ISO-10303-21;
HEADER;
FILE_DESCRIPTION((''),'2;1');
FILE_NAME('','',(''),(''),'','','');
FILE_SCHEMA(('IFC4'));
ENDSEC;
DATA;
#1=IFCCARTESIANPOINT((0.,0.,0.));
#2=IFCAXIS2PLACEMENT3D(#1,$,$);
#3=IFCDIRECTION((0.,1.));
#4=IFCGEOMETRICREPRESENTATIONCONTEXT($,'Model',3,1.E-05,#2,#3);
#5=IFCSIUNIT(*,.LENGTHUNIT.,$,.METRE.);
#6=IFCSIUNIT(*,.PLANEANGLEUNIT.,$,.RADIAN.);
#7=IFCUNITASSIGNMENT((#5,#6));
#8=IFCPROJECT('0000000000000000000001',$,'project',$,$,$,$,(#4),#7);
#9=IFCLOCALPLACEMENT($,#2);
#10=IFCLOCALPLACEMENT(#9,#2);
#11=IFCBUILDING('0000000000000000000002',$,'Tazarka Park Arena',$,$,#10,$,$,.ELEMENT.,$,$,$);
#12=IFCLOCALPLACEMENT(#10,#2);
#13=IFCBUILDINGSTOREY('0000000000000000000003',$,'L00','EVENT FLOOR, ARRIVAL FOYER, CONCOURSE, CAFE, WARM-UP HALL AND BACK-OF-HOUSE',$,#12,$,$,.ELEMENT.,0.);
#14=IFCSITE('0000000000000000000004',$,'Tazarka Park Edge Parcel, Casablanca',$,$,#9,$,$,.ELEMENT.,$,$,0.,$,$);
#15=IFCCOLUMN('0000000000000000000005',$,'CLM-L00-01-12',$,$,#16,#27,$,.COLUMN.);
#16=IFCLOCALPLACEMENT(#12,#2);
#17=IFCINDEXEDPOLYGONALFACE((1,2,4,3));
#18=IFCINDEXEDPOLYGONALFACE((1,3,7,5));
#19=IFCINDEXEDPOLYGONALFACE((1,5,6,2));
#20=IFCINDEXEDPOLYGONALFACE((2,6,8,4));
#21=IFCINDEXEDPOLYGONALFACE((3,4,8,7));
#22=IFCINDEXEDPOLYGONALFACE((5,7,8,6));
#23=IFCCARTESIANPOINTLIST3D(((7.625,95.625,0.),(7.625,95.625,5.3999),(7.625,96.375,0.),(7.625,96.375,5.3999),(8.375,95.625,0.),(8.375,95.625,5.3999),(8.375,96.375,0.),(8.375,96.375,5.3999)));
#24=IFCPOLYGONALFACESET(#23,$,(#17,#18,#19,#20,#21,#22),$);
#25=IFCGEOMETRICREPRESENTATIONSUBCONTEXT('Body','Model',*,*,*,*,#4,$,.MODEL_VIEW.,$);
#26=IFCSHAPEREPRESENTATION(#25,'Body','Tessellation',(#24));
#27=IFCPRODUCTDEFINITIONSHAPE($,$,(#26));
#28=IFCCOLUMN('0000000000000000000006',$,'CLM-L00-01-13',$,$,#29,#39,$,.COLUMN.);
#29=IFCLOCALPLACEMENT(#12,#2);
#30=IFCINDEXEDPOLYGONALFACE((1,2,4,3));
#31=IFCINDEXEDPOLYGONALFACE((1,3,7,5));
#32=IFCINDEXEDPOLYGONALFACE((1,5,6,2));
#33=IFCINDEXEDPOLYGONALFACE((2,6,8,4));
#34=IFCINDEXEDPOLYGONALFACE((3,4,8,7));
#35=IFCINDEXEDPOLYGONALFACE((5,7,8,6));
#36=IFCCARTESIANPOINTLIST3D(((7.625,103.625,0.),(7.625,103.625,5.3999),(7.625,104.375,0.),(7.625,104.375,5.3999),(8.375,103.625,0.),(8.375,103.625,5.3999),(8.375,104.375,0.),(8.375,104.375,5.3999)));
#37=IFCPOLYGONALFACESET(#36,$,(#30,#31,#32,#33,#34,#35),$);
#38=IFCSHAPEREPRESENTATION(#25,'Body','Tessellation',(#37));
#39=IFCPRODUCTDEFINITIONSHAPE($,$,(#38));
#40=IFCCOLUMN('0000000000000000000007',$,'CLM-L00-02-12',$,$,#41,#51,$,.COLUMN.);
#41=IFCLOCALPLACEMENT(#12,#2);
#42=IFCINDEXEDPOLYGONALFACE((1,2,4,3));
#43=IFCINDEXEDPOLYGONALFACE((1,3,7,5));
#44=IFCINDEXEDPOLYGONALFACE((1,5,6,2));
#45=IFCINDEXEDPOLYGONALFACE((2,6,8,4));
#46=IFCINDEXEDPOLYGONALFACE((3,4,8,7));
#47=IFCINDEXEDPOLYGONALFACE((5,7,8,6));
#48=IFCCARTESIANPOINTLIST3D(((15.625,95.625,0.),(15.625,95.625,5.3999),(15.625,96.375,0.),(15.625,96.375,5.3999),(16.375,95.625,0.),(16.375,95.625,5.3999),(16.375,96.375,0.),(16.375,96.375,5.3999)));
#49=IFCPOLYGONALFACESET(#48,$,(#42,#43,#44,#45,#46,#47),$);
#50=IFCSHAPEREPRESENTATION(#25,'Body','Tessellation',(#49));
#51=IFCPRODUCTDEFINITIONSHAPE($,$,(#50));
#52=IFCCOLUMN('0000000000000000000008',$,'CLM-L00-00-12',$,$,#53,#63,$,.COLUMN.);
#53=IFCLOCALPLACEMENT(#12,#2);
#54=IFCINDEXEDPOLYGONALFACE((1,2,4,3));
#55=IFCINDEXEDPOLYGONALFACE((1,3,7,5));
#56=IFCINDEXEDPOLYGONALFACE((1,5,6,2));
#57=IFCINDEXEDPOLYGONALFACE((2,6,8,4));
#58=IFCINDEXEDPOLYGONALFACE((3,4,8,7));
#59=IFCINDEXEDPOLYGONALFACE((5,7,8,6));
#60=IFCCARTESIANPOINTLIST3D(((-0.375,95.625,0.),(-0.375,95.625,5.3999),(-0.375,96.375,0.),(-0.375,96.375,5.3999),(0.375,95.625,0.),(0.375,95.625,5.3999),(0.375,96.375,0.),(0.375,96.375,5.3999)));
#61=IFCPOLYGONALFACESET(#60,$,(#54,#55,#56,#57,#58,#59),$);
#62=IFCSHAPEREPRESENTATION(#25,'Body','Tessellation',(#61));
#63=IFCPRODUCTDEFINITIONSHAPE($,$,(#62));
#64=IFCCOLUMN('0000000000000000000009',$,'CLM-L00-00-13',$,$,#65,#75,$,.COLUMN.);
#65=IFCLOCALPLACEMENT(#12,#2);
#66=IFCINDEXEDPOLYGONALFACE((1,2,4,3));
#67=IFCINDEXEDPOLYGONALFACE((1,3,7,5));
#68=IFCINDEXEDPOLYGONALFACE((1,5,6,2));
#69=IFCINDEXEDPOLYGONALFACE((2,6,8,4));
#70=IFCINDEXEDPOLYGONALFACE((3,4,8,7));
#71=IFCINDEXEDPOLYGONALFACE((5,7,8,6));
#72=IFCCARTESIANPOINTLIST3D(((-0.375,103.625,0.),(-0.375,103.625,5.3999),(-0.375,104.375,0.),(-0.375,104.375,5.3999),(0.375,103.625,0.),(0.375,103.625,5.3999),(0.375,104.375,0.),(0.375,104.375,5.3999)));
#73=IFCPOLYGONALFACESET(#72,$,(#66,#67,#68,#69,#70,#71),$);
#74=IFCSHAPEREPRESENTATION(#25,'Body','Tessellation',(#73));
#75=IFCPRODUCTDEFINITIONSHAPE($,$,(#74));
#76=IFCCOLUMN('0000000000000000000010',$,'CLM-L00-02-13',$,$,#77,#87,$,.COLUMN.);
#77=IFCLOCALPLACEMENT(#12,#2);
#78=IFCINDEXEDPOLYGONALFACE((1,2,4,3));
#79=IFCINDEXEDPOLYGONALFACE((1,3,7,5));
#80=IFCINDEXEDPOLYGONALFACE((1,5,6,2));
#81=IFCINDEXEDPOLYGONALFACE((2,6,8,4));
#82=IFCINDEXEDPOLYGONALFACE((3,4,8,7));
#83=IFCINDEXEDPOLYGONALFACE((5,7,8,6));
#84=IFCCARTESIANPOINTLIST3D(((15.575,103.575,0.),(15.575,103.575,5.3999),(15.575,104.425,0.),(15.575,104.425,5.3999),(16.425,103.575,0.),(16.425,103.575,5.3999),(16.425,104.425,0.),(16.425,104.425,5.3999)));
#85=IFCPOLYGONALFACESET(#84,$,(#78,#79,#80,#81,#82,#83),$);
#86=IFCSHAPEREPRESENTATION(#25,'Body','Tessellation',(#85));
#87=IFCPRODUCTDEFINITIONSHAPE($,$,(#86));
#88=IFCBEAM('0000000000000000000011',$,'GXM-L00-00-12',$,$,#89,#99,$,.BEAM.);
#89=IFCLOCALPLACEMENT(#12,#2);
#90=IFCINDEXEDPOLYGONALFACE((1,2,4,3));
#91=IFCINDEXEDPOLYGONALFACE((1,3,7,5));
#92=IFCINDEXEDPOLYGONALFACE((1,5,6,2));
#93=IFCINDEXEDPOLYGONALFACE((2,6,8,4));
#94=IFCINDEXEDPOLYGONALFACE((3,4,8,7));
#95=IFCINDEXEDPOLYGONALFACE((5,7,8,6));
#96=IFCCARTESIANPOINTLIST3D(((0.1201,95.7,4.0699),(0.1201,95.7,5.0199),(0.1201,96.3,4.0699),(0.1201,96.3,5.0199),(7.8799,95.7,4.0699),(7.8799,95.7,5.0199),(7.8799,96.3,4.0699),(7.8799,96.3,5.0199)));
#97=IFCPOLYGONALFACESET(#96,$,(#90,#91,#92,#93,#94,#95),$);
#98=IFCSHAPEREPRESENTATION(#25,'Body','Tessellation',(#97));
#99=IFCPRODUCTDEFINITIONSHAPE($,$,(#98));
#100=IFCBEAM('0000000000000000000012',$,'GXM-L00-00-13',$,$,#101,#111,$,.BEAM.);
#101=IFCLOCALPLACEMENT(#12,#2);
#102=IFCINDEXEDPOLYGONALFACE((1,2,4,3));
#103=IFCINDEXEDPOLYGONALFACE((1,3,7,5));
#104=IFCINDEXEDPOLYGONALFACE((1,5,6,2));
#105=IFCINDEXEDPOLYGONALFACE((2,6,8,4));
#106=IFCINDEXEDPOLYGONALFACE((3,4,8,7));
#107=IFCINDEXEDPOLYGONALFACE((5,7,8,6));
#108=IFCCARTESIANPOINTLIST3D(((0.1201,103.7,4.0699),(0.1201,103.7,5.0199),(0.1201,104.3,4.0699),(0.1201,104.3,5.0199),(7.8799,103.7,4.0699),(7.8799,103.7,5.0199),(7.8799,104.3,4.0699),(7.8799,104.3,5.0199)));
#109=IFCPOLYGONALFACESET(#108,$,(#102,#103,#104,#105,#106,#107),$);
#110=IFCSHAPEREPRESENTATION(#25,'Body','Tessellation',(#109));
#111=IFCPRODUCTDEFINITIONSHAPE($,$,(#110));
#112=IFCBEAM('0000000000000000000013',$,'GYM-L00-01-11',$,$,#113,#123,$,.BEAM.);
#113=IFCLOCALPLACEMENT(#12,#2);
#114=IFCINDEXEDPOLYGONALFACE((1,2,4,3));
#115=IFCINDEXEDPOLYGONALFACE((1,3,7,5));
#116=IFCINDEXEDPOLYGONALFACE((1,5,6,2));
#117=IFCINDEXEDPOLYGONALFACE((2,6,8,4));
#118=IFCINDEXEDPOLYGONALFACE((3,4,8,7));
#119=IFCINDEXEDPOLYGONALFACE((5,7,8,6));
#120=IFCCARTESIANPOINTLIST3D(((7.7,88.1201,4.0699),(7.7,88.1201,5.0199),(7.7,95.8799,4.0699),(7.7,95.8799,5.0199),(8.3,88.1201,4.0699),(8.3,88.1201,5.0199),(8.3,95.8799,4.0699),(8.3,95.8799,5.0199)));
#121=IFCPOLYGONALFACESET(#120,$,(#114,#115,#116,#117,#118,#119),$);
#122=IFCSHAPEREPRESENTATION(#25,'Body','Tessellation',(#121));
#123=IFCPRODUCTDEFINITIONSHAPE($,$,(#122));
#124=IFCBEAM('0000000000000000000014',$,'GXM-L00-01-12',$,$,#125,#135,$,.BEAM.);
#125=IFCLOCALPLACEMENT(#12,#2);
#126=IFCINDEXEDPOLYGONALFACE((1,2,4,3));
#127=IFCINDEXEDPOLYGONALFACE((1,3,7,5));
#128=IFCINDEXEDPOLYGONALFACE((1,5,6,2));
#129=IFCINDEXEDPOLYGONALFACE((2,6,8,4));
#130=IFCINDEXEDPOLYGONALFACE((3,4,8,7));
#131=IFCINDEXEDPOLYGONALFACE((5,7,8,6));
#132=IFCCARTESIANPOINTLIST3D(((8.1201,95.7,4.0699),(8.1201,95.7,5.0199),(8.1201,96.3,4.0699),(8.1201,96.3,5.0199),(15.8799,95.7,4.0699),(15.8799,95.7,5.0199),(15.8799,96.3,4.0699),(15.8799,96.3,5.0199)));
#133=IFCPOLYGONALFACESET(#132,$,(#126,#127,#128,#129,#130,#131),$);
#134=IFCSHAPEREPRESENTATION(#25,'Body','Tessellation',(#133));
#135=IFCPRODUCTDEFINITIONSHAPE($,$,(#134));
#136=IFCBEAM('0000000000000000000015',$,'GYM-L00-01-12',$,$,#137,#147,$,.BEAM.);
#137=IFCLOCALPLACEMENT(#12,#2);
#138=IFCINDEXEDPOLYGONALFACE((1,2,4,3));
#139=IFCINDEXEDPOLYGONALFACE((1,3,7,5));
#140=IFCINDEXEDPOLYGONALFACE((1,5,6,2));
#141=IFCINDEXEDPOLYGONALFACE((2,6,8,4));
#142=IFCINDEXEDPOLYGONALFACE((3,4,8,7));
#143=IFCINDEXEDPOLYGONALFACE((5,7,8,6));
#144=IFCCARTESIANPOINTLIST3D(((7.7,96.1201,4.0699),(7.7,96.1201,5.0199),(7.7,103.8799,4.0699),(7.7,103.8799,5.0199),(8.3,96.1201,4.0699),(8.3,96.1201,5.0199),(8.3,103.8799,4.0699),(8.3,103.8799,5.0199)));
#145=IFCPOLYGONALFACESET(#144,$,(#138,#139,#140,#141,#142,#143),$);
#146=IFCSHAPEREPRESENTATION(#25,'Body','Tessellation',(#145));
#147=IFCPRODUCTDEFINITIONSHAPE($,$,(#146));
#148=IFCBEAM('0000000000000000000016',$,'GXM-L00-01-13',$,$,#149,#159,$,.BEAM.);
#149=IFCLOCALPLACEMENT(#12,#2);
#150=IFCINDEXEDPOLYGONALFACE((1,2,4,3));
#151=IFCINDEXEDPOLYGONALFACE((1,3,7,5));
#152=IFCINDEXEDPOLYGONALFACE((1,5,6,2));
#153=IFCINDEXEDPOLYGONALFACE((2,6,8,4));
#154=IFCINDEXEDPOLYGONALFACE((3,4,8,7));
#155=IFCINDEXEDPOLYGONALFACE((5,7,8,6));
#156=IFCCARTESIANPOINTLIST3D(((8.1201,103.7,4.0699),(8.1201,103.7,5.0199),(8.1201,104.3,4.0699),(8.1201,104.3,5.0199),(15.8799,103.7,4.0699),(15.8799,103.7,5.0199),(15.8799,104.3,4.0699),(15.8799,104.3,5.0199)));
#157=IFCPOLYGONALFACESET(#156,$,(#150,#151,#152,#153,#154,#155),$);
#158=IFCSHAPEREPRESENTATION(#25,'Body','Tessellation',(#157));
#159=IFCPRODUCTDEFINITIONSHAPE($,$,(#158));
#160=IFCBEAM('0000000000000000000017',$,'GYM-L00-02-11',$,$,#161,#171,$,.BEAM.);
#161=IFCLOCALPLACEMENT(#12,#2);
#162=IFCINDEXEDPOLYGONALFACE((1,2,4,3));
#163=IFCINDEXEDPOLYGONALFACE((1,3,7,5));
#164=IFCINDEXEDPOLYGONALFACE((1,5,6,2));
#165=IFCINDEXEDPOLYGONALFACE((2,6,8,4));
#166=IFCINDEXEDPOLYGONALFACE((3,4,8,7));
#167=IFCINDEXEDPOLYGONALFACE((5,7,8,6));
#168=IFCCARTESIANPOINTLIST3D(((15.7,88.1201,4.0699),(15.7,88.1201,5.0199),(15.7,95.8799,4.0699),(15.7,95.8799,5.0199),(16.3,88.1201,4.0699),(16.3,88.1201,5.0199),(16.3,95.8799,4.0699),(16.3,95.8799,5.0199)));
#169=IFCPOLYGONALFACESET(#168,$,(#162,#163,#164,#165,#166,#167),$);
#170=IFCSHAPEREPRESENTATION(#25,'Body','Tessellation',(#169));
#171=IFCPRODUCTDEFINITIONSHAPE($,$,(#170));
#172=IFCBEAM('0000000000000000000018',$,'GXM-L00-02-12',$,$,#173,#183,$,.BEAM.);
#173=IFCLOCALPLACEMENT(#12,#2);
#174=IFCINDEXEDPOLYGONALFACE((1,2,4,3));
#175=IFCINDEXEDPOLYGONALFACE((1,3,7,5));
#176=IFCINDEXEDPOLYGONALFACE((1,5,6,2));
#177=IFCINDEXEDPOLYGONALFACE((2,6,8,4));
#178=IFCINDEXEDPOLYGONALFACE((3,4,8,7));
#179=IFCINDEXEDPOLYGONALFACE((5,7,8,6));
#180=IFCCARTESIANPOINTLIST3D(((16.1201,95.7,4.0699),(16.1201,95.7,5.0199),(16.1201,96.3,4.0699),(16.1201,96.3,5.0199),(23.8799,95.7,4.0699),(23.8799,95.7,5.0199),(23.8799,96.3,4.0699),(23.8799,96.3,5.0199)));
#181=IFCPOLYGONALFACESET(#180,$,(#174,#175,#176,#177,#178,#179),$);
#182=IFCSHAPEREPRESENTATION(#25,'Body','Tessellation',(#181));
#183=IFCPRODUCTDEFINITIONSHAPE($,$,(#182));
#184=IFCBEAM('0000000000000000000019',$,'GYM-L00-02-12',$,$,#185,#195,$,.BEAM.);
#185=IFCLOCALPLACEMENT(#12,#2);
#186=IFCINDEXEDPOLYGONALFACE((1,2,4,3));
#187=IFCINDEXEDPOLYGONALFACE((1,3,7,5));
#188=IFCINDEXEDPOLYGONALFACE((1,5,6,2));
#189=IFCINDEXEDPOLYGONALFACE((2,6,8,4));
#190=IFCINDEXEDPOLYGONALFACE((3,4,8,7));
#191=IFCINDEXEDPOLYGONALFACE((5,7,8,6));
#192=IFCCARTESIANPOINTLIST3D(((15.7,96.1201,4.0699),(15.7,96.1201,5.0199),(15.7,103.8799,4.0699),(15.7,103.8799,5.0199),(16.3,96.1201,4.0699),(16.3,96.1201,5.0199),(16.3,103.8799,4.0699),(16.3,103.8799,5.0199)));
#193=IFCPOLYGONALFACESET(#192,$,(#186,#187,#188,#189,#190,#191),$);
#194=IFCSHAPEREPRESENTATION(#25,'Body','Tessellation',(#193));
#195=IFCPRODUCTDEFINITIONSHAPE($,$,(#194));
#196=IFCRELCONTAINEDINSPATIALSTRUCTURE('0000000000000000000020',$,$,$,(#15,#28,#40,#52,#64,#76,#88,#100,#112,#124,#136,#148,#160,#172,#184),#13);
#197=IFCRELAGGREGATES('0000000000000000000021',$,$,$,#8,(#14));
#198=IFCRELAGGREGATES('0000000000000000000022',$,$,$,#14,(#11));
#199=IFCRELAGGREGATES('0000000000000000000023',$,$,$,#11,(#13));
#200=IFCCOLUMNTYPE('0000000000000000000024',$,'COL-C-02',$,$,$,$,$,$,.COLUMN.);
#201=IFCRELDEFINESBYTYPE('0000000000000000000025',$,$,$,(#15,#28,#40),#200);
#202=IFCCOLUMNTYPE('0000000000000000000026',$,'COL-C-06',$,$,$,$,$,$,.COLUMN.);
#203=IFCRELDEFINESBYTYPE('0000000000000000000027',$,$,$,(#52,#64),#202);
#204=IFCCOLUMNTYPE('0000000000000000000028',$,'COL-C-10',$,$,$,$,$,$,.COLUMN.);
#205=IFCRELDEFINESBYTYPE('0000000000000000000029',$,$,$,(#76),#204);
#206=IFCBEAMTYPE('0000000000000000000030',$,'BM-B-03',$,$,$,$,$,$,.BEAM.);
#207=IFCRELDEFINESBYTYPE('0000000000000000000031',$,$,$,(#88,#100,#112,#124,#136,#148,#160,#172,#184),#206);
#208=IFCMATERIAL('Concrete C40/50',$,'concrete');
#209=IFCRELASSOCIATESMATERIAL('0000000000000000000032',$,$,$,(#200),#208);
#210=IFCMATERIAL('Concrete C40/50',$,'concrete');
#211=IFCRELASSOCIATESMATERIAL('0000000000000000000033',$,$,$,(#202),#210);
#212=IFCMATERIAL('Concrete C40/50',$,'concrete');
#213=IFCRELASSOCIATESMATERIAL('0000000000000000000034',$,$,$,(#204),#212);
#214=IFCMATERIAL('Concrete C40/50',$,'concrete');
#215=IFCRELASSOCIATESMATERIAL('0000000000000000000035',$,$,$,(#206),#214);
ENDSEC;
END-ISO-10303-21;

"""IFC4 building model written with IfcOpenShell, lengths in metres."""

from ifc_helpers import new_model, si_unit, direction, frame, origin, origin_2d, place, context, subcontext, project, spatial, rectangle, extrude, material, material_profile, profile_set, type_object, element, save


model = new_model("IFC4")

# Units and contexts
model_context = context("Model", 3, precision=1e-05, world=origin(), true_north=direction((0.0, 1.0)))
body_context = subcontext(model_context, "Body", "Model", "MODEL_VIEW")
ifc_project = project(units=[si_unit("LENGTHUNIT", "METRE"), si_unit("PLANEANGLEUNIT", "RADIAN")], contexts=[model_context])

# Site, building, storey
site_placement = place(None, origin())
site = spatial("IfcSite", under=ifc_project, at=site_placement, Name="Tazarka Park Edge Parcel, Casablanca", CompositionType="ELEMENT", RefElevation=0.0)
building_placement = place(site_placement, origin())
building = spatial("IfcBuilding", under=site, at=building_placement, Name="Tazarka Park Arena", CompositionType="ELEMENT")
storey_placement = place(building_placement, origin())
storey = spatial("IfcBuildingStorey", under=building, at=storey_placement, Name="L00", Description="EVENT FLOOR, ARRIVAL FOYER, CONCOURSE, CAFE, WARM-UP HALL AND BACK-OF-HOUSE", CompositionType="ELEMENT", Elevation=0.0)

# Columns
ifc_material_1 = material(Name="Concrete C40/50", Category="concrete")
ifc_material_profile_1 = material_profile(ifc_material_1, rectangle(XDim=0.75, YDim=0.75, at=origin_2d()), Name="Concrete C40/50")
ifc_profile_set_1 = profile_set([ifc_material_profile_1], Name="Concrete C40/50")
column_type_1 = type_object("IfcColumnType", Name="COL-C-02", PredefinedType="COLUMN", material=ifc_profile_set_1)
for number, where, z_axis, x_axis, name in (
    (1, (8.0, 96.0, 0.0), (0.0, 0.0, 1.0), (1.0, 0.0, 0.0), "CLM-L00-01-12"),
    (2, (8.0, 104.0, 0.0), (0.0, 0.0, 1.0), (1.0, 0.0, 0.0), "CLM-L00-01-13"),
    (3, (16.0, 96.0, 0.0), (0.0, 0.0, 1.0), (1.0, 0.0, 0.0), "CLM-L00-02-12"),
):
    element("IfcColumn", number, at=place(storey_placement, frame(where, z_axis=z_axis, x_axis=x_axis)), inside=storey, type_object=column_type_1, Name=name, PredefinedType="COLUMN", context=body_context, shape_type="SweptSolid", body=[
        extrude(rectangle(XDim=0.75, YDim=0.75, at=origin_2d()), origin(), (0.0, 0.0, 1.0), 5.3999),
    ])
ifc_material_2 = material(Name="Concrete C40/50", Category="concrete")
ifc_material_profile_2 = material_profile(ifc_material_2, rectangle(XDim=0.75, YDim=0.75, at=origin_2d()), Name="Concrete C40/50")
ifc_profile_set_2 = profile_set([ifc_material_profile_2], Name="Concrete C40/50")
column_type_2 = type_object("IfcColumnType", Name="COL-C-06", PredefinedType="COLUMN", material=ifc_profile_set_2)
for number, where, z_axis, x_axis, name in (
    (4, (0.0, 96.0, 0.0), (0.0, 0.0, 1.0), (1.0, 0.0, 0.0), "CLM-L00-00-12"),
    (5, (0.0, 104.0, 0.0), (0.0, 0.0, 1.0), (1.0, 0.0, 0.0), "CLM-L00-00-13"),
):
    element("IfcColumn", number, at=place(storey_placement, frame(where, z_axis=z_axis, x_axis=x_axis)), inside=storey, type_object=column_type_2, Name=name, PredefinedType="COLUMN", context=body_context, shape_type="SweptSolid", body=[
        extrude(rectangle(XDim=0.75, YDim=0.75, at=origin_2d()), origin(), (0.0, 0.0, 1.0), 5.3999),
    ])
ifc_material_3 = material(Name="Concrete C40/50", Category="concrete")
ifc_material_profile_3 = material_profile(ifc_material_3, rectangle(XDim=0.8501, YDim=0.8501, at=origin_2d()), Name="Concrete C40/50")
ifc_profile_set_3 = profile_set([ifc_material_profile_3], Name="Concrete C40/50")
column_type_3 = type_object("IfcColumnType", Name="COL-C-10", PredefinedType="COLUMN", material=ifc_profile_set_3)
column_placement = place(storey_placement, frame((16.0, 104.0, 0.0), z_axis=(0.0, 0.0, 1.0), x_axis=(1.0, 0.0, 0.0)))
element("IfcColumn", 6, at=column_placement, inside=storey, type_object=column_type_3, Name="CLM-L00-02-13", PredefinedType="COLUMN", context=body_context, shape_type="SweptSolid", body=[
    extrude(rectangle(XDim=0.8501, YDim=0.8501, at=origin_2d()), origin(), (0.0, 0.0, 1.0), 5.3999),
])

# Beams
ifc_material_4 = material(Name="Concrete C40/50", Category="concrete")
ifc_material_profile_4 = material_profile(ifc_material_4, rectangle(XDim=0.6001, YDim=0.95, at=origin_2d()), Name="Concrete C40/50")
ifc_profile_set_4 = profile_set([ifc_material_profile_4], Name="Concrete C40/50")
beam_type_1 = type_object("IfcBeamType", Name="BM-B-03", PredefinedType="BEAM", material=ifc_profile_set_4)
for number, where, z_axis, x_axis, name in (
    (7, (0.1201, 96.0, 4.5449), (1.0, 0.0, 0.0), (0.0, 1.0, 0.0), "GXM-L00-00-12"),
    (8, (0.1201, 104.0, 4.5449), (1.0, 0.0, 0.0), (0.0, 1.0, 0.0), "GXM-L00-00-13"),
    (9, (8.0, 88.1201, 4.5449), (0.0, 1.0, 0.0), (-1.0, 0.0, 0.0), "GYM-L00-01-11"),
    (10, (8.1201, 96.0, 4.5449), (1.0, 0.0, 0.0), (0.0, 1.0, 0.0), "GXM-L00-01-12"),
    (11, (8.0, 96.1201, 4.5449), (0.0, 1.0, 0.0), (-1.0, 0.0, 0.0), "GYM-L00-01-12"),
    (12, (8.1201, 104.0, 4.5449), (1.0, 0.0, 0.0), (0.0, 1.0, 0.0), "GXM-L00-01-13"),
    (13, (16.0, 88.1201, 4.5449), (0.0, 1.0, 0.0), (-1.0, 0.0, 0.0), "GYM-L00-02-11"),
    (14, (16.1201, 96.0, 4.5449), (1.0, 0.0, 0.0), (0.0, 1.0, 0.0), "GXM-L00-02-12"),
    (15, (16.0, 96.1201, 4.5449), (0.0, 1.0, 0.0), (-1.0, 0.0, 0.0), "GYM-L00-02-12"),
):
    element("IfcBeam", number, at=place(storey_placement, frame(where, z_axis=z_axis, x_axis=x_axis)), inside=storey, type_object=beam_type_1, Name=name, PredefinedType="BEAM", context=body_context, shape_type="SweptSolid", body=[
        extrude(rectangle(XDim=0.6001, YDim=0.95, at=origin_2d()), origin(), (0.0, 0.0, 1.0), 7.7598),
    ])

save(model, "model.ifc")
